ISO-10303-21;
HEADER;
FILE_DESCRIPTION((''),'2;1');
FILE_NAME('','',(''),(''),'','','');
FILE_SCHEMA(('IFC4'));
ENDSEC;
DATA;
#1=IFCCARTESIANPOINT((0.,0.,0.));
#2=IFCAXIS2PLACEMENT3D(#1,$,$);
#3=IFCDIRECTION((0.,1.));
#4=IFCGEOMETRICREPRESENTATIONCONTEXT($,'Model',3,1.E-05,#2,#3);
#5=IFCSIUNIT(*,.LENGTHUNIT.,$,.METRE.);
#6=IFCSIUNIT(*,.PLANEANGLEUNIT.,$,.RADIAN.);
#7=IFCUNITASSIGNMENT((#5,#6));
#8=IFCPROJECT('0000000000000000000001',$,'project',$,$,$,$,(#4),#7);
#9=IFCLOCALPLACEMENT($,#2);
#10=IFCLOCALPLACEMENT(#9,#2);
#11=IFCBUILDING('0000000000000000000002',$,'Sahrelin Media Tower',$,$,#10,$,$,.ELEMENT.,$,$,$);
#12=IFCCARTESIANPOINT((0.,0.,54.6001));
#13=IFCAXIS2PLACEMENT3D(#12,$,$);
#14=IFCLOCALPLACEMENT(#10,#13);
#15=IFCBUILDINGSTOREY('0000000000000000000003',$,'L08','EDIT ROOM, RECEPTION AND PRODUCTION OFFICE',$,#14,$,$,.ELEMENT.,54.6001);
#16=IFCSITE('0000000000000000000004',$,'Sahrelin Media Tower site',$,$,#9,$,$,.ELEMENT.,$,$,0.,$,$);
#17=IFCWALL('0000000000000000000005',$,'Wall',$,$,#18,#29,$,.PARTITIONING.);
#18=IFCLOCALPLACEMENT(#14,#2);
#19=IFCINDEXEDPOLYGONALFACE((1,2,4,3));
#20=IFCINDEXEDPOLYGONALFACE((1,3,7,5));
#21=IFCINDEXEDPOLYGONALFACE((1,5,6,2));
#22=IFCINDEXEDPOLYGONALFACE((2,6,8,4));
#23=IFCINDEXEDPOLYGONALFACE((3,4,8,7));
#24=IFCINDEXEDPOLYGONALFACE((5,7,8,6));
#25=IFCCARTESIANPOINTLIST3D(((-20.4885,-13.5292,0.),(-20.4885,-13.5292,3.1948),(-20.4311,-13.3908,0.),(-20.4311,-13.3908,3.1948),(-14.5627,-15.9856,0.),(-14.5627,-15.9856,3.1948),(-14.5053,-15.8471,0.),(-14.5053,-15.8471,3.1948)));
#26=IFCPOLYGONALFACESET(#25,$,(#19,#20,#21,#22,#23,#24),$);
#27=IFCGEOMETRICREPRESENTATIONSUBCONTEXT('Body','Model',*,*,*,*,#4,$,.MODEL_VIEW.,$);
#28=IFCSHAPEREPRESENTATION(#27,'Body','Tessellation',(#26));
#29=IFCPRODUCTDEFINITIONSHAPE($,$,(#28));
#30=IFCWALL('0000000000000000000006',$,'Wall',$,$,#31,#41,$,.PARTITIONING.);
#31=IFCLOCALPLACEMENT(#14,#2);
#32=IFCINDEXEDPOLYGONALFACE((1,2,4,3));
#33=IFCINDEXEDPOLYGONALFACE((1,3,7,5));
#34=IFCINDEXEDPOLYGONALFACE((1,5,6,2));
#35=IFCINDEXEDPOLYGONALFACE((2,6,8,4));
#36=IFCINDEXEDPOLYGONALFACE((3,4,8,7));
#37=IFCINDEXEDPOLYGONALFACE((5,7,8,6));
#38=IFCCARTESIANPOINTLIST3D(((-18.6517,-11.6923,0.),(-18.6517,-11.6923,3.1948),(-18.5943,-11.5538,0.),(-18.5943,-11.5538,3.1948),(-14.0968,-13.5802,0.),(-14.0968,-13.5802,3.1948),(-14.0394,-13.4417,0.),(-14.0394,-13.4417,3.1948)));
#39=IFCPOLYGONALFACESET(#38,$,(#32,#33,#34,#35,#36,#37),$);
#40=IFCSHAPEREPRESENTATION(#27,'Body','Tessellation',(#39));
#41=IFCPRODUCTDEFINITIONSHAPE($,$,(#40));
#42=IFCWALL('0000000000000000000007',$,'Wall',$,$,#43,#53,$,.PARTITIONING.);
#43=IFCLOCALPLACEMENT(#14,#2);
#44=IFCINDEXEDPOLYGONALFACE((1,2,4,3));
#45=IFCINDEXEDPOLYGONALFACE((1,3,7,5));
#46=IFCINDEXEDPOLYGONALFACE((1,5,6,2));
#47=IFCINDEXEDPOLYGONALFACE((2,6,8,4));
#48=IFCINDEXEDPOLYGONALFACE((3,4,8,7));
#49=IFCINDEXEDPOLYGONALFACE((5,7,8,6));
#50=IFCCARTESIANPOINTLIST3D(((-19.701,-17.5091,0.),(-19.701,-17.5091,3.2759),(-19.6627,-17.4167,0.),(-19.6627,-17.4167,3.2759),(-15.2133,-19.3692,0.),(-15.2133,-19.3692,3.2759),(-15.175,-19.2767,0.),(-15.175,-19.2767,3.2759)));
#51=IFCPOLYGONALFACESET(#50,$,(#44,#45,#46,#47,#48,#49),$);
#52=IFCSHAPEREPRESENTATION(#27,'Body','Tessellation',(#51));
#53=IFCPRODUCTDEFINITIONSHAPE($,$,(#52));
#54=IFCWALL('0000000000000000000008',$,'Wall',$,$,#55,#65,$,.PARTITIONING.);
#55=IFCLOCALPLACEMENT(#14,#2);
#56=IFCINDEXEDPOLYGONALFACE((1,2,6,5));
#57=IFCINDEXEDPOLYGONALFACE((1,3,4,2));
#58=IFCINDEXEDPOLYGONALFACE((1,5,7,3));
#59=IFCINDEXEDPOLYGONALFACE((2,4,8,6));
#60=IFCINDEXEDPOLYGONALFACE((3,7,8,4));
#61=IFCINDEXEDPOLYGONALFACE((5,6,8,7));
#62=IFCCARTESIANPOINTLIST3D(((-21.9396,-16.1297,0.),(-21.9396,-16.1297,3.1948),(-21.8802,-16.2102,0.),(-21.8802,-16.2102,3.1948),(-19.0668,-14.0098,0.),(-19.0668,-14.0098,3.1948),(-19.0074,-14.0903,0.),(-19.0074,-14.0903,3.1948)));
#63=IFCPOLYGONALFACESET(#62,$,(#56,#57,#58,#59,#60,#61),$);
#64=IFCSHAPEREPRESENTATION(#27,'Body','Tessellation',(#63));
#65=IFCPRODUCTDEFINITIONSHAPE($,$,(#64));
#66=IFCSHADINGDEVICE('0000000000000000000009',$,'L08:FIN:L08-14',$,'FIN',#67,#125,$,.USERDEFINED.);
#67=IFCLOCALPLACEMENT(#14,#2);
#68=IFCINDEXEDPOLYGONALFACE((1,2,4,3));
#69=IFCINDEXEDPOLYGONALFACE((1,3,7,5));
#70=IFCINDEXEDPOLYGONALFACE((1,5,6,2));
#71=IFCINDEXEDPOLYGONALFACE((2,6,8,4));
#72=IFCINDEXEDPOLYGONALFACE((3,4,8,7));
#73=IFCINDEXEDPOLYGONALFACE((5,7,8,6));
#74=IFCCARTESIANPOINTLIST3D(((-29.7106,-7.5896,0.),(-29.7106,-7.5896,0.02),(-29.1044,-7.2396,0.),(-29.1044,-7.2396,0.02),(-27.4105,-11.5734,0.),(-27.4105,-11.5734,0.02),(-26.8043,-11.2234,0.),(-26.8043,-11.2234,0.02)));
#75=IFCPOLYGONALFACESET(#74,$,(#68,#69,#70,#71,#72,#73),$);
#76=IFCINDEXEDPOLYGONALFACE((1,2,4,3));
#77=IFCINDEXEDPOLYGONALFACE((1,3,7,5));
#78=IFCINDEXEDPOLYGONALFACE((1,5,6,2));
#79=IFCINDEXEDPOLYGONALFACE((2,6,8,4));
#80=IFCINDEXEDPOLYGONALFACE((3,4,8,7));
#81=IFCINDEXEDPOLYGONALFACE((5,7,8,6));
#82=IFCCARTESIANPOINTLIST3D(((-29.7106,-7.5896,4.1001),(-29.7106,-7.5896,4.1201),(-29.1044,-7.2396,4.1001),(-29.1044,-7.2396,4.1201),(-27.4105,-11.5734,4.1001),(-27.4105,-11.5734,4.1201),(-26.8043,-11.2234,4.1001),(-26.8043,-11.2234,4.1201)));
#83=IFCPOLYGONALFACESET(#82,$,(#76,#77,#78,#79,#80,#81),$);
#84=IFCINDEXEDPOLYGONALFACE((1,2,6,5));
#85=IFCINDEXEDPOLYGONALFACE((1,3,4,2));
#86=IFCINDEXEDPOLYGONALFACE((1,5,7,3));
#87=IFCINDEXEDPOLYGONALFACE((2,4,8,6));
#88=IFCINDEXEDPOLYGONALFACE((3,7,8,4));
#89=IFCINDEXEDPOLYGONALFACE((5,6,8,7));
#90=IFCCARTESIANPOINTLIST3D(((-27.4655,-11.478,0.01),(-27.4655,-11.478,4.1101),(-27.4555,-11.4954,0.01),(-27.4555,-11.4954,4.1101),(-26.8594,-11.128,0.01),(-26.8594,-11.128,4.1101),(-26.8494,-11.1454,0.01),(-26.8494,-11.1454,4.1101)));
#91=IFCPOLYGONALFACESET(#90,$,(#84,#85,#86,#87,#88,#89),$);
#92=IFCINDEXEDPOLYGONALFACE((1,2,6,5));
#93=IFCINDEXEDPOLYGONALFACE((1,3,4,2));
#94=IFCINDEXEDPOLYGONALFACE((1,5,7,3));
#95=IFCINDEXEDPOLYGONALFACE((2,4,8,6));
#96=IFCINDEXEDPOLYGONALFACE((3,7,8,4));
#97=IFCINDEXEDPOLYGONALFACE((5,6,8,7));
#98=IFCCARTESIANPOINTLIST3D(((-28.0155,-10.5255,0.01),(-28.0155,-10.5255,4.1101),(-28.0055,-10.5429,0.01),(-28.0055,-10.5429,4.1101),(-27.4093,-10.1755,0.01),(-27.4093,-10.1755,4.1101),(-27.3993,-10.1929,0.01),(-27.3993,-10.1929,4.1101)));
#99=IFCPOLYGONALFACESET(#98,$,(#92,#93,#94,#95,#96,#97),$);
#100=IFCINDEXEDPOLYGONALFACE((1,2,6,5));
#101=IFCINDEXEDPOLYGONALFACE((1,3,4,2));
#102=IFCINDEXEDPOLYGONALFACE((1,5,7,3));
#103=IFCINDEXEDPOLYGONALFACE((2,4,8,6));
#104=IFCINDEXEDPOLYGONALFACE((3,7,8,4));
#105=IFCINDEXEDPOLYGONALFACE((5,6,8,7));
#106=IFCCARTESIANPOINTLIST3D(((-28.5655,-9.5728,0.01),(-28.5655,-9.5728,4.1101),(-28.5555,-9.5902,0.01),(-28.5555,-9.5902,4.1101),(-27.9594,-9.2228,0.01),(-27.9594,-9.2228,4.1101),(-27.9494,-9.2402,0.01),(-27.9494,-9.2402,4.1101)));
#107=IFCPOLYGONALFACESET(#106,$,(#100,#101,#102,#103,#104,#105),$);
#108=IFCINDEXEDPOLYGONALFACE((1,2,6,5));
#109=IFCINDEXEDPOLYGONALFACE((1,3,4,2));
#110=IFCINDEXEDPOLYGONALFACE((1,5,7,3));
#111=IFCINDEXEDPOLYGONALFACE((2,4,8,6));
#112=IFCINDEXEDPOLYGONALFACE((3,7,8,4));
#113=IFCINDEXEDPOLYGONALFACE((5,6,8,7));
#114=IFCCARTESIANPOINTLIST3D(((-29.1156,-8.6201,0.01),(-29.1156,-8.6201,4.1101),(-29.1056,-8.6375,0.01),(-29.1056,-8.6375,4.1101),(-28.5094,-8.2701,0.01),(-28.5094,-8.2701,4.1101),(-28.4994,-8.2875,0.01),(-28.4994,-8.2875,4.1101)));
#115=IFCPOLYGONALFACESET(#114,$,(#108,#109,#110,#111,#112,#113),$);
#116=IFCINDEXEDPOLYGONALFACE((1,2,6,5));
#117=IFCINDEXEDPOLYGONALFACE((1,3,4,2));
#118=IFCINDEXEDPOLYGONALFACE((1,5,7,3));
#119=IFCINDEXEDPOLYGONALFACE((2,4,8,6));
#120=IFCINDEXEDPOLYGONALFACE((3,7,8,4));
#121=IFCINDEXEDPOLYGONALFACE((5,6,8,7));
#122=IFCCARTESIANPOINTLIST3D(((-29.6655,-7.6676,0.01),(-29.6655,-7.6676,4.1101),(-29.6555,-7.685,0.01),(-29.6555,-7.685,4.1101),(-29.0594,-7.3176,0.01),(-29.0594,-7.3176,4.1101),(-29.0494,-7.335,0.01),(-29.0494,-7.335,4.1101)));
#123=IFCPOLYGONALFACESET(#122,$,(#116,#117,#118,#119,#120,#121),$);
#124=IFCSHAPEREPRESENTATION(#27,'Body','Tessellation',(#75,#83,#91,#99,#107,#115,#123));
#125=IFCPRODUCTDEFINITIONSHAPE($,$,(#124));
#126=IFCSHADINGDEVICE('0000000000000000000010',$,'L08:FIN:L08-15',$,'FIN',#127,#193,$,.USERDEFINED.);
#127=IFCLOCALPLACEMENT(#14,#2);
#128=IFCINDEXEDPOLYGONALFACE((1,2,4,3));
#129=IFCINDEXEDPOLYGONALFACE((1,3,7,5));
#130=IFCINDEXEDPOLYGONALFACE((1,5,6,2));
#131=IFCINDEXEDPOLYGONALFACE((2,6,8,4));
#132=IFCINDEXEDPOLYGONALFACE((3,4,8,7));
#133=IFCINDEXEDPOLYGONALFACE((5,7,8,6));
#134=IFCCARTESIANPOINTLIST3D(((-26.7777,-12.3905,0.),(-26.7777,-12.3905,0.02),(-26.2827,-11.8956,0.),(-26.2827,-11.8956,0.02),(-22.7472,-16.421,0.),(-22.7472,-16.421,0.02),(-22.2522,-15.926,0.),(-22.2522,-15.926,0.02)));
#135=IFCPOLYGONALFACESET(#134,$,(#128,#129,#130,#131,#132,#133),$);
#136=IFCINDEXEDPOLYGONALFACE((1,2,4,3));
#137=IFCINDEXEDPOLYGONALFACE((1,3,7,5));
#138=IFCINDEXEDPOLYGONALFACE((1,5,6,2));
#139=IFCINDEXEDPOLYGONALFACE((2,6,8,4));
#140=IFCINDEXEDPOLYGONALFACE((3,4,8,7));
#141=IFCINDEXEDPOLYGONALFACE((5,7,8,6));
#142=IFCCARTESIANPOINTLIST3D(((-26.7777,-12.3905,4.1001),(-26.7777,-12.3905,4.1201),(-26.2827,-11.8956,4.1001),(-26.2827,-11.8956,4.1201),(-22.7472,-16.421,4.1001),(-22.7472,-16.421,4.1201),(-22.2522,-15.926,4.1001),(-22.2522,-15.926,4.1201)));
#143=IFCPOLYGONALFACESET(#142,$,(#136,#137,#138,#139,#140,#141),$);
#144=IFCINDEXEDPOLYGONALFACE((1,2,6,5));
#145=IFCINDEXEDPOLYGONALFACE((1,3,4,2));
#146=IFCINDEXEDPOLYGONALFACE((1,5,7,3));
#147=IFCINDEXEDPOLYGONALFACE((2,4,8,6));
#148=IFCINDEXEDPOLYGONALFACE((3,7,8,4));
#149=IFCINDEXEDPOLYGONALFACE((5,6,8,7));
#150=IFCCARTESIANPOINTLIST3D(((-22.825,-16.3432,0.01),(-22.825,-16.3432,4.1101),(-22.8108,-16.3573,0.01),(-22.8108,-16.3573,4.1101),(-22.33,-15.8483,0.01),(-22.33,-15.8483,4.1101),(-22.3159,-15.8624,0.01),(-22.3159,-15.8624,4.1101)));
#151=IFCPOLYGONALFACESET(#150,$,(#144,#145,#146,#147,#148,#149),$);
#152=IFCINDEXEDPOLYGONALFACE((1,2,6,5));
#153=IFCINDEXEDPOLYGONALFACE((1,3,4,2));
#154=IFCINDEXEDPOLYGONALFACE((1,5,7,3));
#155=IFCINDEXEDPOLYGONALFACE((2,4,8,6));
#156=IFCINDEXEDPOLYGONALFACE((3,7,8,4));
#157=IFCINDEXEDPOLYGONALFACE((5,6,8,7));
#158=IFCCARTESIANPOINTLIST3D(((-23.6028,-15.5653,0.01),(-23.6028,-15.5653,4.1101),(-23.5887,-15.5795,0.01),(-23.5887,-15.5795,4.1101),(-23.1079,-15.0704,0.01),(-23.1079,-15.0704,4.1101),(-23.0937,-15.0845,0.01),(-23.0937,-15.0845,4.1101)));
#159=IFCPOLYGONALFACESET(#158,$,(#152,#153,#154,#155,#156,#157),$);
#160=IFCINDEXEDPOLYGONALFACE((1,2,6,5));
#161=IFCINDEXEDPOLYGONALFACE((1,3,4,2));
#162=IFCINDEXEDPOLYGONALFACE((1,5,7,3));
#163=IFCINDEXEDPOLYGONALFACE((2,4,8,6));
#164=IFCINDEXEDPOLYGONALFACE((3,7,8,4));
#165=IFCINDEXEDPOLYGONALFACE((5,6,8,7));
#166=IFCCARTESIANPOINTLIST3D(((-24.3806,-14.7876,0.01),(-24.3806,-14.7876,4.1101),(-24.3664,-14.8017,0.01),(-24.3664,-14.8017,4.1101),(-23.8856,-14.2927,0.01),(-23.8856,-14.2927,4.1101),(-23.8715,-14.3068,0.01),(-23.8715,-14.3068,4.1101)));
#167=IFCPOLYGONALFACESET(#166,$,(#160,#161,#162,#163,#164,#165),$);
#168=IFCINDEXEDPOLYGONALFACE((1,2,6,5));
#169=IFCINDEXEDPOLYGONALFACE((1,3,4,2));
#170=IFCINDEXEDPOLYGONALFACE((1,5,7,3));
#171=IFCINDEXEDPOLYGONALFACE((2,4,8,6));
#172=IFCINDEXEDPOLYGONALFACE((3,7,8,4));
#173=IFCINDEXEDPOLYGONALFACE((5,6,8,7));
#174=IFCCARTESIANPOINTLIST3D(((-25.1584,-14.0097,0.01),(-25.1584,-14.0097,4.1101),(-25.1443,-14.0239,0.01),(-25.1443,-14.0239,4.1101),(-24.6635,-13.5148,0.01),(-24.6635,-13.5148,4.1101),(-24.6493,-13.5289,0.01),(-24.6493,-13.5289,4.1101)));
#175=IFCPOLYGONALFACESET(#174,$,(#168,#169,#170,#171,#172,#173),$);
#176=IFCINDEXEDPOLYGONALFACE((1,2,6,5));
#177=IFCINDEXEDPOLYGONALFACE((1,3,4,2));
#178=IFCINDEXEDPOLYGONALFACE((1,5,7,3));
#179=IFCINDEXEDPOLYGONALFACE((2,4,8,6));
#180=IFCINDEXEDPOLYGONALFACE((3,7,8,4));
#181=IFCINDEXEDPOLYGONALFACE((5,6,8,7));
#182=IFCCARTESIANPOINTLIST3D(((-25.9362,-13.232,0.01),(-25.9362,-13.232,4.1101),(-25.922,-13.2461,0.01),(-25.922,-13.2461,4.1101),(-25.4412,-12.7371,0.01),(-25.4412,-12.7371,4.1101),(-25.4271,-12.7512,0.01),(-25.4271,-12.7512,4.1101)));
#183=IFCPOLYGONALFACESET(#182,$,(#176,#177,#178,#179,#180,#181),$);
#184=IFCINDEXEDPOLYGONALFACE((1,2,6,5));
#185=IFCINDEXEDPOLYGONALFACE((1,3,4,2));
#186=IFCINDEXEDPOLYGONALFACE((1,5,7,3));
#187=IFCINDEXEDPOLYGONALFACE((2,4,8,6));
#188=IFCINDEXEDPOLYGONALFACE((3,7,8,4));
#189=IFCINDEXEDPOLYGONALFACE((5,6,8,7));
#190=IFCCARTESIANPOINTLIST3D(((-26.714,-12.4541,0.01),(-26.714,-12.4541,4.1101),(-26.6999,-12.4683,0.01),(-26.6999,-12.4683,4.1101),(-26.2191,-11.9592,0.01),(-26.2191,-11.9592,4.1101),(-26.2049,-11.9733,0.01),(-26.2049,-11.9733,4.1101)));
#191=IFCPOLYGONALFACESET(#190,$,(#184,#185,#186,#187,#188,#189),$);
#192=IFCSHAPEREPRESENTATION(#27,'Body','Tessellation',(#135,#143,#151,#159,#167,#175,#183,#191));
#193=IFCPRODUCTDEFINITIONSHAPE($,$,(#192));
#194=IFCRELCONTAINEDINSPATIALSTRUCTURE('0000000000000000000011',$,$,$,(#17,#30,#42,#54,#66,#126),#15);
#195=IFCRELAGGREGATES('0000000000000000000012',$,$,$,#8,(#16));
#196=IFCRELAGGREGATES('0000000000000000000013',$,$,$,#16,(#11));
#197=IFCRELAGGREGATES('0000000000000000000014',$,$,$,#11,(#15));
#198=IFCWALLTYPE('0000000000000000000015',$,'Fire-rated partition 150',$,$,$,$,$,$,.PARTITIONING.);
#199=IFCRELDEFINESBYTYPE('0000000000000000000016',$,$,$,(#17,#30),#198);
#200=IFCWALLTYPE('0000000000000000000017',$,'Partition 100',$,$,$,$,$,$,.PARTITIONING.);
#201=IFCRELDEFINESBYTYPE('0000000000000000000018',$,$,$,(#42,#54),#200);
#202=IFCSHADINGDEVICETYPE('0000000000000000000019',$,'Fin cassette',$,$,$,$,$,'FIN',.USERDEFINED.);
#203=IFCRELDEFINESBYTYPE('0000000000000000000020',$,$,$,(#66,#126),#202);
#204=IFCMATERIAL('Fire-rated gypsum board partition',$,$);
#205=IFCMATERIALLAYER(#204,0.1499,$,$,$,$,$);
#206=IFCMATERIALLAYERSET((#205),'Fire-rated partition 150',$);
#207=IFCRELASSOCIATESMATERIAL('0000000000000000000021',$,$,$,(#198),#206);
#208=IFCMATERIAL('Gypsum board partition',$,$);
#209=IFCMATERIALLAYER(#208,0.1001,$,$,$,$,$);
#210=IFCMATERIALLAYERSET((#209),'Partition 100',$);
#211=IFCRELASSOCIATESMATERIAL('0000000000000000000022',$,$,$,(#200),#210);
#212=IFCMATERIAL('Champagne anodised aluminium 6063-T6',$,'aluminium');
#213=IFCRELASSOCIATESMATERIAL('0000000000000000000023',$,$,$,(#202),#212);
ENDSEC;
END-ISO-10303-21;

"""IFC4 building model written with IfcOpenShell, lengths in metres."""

from ifc_helpers import new_model, si_unit, direction, frame, frame_2d, origin, origin_2d, place, context, subcontext, project, spatial, rectangle, extrude, material, layer, layer_set, type_object, element, save


model = new_model("IFC4")

# Units and contexts
model_context = context("Model", 3, precision=1e-05, world=origin(), true_north=direction((0.0, 1.0)))
body_context = subcontext(model_context, "Body", "Model", "MODEL_VIEW")
ifc_project = project(units=[si_unit("LENGTHUNIT", "METRE"), si_unit("PLANEANGLEUNIT", "RADIAN")], contexts=[model_context])

# Site, building, storey
site_placement = place(None, origin())
site = spatial("IfcSite", under=ifc_project, at=site_placement, Name="Sahrelin Media Tower site", CompositionType="ELEMENT", RefElevation=0.0)
building_placement = place(site_placement, origin())
building = spatial("IfcBuilding", under=site, at=building_placement, Name="Sahrelin Media Tower", CompositionType="ELEMENT")
storey_placement = place(building_placement, frame((0.0, 0.0, 54.6001)))
storey = spatial("IfcBuildingStorey", under=building, at=storey_placement, Name="L08", Description="EDIT ROOM, RECEPTION AND PRODUCTION OFFICE", CompositionType="ELEMENT", Elevation=54.6001)

# Shared definitions
ifc_material_1 = material(Name="Champagne anodised aluminium 6063-T6", Category="aluminium")

# Walls
ifc_material_2 = material(Name="Fire-rated gypsum board partition")
ifc_layer_1 = layer(ifc_material_2, 0.1499)
ifc_layer_set_1 = layer_set([ifc_layer_1], Name="Fire-rated partition 150")
wall_type_1 = type_object("IfcWallType", Name="Fire-rated partition 150", PredefinedType="PARTITIONING", material=ifc_layer_set_1)
wall_1_placement = place(storey_placement, frame((-20.46, -13.46, 0.0), z_axis=(0.0, 0.0, 1.0), x_axis=(0.923783, -0.382918, 0.0)))
element("IfcWall", 1, at=wall_1_placement, inside=storey, type_object=wall_type_1, Name="Wall", PredefinedType="PARTITIONING", context=body_context, shape_type="SweptSolid", body=[
    extrude(rectangle(XDim=6.4148, YDim=0.1499, at=frame_2d((3.2075, 0.0))), origin(), (0.0, 0.0, 1.0), 3.1948),
])
wall_2_placement = place(storey_placement, frame((-18.623, -11.623, 0.0), z_axis=(0.0, 0.0, 1.0), x_axis=(0.923792, -0.382895, 0.0)))
element("IfcWall", 2, at=wall_2_placement, inside=storey, type_object=wall_type_1, Name="Wall", PredefinedType="PARTITIONING", context=body_context, shape_type="SweptSolid", body=[
    extrude(rectangle(XDim=4.9307, YDim=0.1499, at=frame_2d((2.4653, 0.0))), origin(), (0.0, 0.0, 1.0), 3.1948),
])
ifc_material_3 = material(Name="Gypsum board partition")
ifc_layer_2 = layer(ifc_material_3, 0.1001)
ifc_layer_set_2 = layer_set([ifc_layer_2], Name="Partition 100")
wall_type_2 = type_object("IfcWallType", Name="Partition 100", PredefinedType="PARTITIONING", material=ifc_layer_set_2)
wall_3_placement = place(storey_placement, frame((-19.6819, -17.4629, 0.0), z_axis=(0.0, 0.0, 1.0), x_axis=(0.923792, -0.382895, 0.0)))
element("IfcWall", 3, at=wall_3_placement, inside=storey, type_object=wall_type_2, Name="Wall", PredefinedType="PARTITIONING", context=body_context, shape_type="SweptSolid", body=[
    extrude(rectangle(XDim=4.8579, YDim=0.1001, at=frame_2d((2.429, 0.0))), origin(), (0.0, 0.0, 1.0), 3.2759),
])
wall_4_placement = place(storey_placement, frame((-21.9099, -16.1699, 0.0), z_axis=(0.0, 0.0, 1.0), x_axis=(0.804645, 0.593756, 0.0)))
element("IfcWall", 4, at=wall_4_placement, inside=storey, type_object=wall_type_2, Name="Wall", PredefinedType="PARTITIONING", context=body_context, shape_type="SweptSolid", body=[
    extrude(rectangle(XDim=3.5703, YDim=0.1001, at=frame_2d((1.7852, 0.0))), origin(), (0.0, 0.0, 1.0), 3.1948),
])

# Shading devices
shading_device_type_1 = type_object("IfcShadingDeviceType", Name="Fin cassette", ElementType="FIN", PredefinedType="USERDEFINED", material=ifc_material_1)
placement_1 = place(storey_placement, frame((-27.8938, -9.1965, 0.0), z_axis=(0.0, 0.0, 1.0), x_axis=(-0.500011, 0.866019, 0.0)))
element("IfcShadingDevice", 5, at=placement_1, inside=storey, type_object=shading_device_type_1, Name="L08:FIN:L08-14", ObjectType="FIN", PredefinedType="USERDEFINED", context=body_context, shape_type="SweptSolid", body=[
    extrude(rectangle(XDim=4.6001, YDim=0.7, at=origin_2d()), frame((0.0, 0.4199, 0.0)), (0.0, 0.0, 1.0), 0.02),
    extrude(rectangle(XDim=4.6001, YDim=0.7, at=origin_2d()), frame((0.0, 0.4199, 4.1001)), (0.0, 0.0, 1.0), 0.02),
    extrude(rectangle(XDim=0.02, YDim=0.7, at=origin_2d()), frame((-2.2, 0.4199, 0.01), z_axis=(0.0, 0.0, 1.0), x_axis=(1.0, 0.0, 0.0)), (0.0, 0.0, 1.0), 4.1001),
    extrude(rectangle(XDim=0.02, YDim=0.7, at=origin_2d()), frame((-1.1001, 0.4199, 0.01), z_axis=(0.0, 0.0, 1.0), x_axis=(1.0, 0.0, 0.0)), (0.0, 0.0, 1.0), 4.1001),
    extrude(rectangle(XDim=0.02, YDim=0.7, at=origin_2d()), frame((0.0, 0.4199, 0.01), z_axis=(0.0, 0.0, 1.0), x_axis=(1.0, 0.0, 0.0)), (0.0, 0.0, 1.0), 4.1001),
    extrude(rectangle(XDim=0.02, YDim=0.7, at=origin_2d()), frame((1.1001, 0.4199, 0.01), z_axis=(0.0, 0.0, 1.0), x_axis=(1.0, 0.0, 0.0)), (0.0, 0.0, 1.0), 4.1001),
    extrude(rectangle(XDim=0.02, YDim=0.7, at=origin_2d()), frame((2.2, 0.4199, 0.01), z_axis=(0.0, 0.0, 1.0), x_axis=(1.0, 0.0, 0.0)), (0.0, 0.0, 1.0), 4.1001),
])
placement_2 = place(storey_placement, frame((-24.218, -13.8613, 0.0), z_axis=(0.0, 0.0, 1.0), x_axis=(-0.707107, 0.707107, 0.0)))
element("IfcShadingDevice", 6, at=placement_2, inside=storey, type_object=shading_device_type_1, Name="L08:FIN:L08-15", ObjectType="FIN", PredefinedType="USERDEFINED", context=body_context, shape_type="SweptSolid", body=[
    extrude(rectangle(XDim=5.7, YDim=0.7, at=origin_2d()), frame((0.0, 0.4199, 0.0)), (0.0, 0.0, 1.0), 0.02),
    extrude(rectangle(XDim=5.7, YDim=0.7, at=origin_2d()), frame((0.0, 0.4199, 4.1001)), (0.0, 0.0, 1.0), 0.02),
    extrude(rectangle(XDim=0.02, YDim=0.7, at=origin_2d()), frame((-2.75, 0.4199, 0.01), z_axis=(0.0, 0.0, 1.0), x_axis=(1.0, 0.0, 0.0)), (0.0, 0.0, 1.0), 4.1001),
    extrude(rectangle(XDim=0.02, YDim=0.7, at=origin_2d()), frame((-1.6499, 0.4199, 0.01), z_axis=(0.0, 0.0, 1.0), x_axis=(1.0, 0.0, 0.0)), (0.0, 0.0, 1.0), 4.1001),
    extrude(rectangle(XDim=0.02, YDim=0.7, at=origin_2d()), frame((-0.55, 0.4199, 0.01), z_axis=(0.0, 0.0, 1.0), x_axis=(1.0, 0.0, 0.0)), (0.0, 0.0, 1.0), 4.1001),
    extrude(rectangle(XDim=0.02, YDim=0.7, at=origin_2d()), frame((0.55, 0.4199, 0.01), z_axis=(0.0, 0.0, 1.0), x_axis=(1.0, 0.0, 0.0)), (0.0, 0.0, 1.0), 4.1001),
    extrude(rectangle(XDim=0.02, YDim=0.7, at=origin_2d()), frame((1.6499, 0.4199, 0.01), z_axis=(0.0, 0.0, 1.0), x_axis=(1.0, 0.0, 0.0)), (0.0, 0.0, 1.0), 4.1001),
    extrude(rectangle(XDim=0.02, YDim=0.7, at=origin_2d()), frame((2.75, 0.4199, 0.01), z_axis=(0.0, 0.0, 1.0), x_axis=(1.0, 0.0, 0.0)), (0.0, 0.0, 1.0), 4.1001),
])

save(model, "model.ifc")
